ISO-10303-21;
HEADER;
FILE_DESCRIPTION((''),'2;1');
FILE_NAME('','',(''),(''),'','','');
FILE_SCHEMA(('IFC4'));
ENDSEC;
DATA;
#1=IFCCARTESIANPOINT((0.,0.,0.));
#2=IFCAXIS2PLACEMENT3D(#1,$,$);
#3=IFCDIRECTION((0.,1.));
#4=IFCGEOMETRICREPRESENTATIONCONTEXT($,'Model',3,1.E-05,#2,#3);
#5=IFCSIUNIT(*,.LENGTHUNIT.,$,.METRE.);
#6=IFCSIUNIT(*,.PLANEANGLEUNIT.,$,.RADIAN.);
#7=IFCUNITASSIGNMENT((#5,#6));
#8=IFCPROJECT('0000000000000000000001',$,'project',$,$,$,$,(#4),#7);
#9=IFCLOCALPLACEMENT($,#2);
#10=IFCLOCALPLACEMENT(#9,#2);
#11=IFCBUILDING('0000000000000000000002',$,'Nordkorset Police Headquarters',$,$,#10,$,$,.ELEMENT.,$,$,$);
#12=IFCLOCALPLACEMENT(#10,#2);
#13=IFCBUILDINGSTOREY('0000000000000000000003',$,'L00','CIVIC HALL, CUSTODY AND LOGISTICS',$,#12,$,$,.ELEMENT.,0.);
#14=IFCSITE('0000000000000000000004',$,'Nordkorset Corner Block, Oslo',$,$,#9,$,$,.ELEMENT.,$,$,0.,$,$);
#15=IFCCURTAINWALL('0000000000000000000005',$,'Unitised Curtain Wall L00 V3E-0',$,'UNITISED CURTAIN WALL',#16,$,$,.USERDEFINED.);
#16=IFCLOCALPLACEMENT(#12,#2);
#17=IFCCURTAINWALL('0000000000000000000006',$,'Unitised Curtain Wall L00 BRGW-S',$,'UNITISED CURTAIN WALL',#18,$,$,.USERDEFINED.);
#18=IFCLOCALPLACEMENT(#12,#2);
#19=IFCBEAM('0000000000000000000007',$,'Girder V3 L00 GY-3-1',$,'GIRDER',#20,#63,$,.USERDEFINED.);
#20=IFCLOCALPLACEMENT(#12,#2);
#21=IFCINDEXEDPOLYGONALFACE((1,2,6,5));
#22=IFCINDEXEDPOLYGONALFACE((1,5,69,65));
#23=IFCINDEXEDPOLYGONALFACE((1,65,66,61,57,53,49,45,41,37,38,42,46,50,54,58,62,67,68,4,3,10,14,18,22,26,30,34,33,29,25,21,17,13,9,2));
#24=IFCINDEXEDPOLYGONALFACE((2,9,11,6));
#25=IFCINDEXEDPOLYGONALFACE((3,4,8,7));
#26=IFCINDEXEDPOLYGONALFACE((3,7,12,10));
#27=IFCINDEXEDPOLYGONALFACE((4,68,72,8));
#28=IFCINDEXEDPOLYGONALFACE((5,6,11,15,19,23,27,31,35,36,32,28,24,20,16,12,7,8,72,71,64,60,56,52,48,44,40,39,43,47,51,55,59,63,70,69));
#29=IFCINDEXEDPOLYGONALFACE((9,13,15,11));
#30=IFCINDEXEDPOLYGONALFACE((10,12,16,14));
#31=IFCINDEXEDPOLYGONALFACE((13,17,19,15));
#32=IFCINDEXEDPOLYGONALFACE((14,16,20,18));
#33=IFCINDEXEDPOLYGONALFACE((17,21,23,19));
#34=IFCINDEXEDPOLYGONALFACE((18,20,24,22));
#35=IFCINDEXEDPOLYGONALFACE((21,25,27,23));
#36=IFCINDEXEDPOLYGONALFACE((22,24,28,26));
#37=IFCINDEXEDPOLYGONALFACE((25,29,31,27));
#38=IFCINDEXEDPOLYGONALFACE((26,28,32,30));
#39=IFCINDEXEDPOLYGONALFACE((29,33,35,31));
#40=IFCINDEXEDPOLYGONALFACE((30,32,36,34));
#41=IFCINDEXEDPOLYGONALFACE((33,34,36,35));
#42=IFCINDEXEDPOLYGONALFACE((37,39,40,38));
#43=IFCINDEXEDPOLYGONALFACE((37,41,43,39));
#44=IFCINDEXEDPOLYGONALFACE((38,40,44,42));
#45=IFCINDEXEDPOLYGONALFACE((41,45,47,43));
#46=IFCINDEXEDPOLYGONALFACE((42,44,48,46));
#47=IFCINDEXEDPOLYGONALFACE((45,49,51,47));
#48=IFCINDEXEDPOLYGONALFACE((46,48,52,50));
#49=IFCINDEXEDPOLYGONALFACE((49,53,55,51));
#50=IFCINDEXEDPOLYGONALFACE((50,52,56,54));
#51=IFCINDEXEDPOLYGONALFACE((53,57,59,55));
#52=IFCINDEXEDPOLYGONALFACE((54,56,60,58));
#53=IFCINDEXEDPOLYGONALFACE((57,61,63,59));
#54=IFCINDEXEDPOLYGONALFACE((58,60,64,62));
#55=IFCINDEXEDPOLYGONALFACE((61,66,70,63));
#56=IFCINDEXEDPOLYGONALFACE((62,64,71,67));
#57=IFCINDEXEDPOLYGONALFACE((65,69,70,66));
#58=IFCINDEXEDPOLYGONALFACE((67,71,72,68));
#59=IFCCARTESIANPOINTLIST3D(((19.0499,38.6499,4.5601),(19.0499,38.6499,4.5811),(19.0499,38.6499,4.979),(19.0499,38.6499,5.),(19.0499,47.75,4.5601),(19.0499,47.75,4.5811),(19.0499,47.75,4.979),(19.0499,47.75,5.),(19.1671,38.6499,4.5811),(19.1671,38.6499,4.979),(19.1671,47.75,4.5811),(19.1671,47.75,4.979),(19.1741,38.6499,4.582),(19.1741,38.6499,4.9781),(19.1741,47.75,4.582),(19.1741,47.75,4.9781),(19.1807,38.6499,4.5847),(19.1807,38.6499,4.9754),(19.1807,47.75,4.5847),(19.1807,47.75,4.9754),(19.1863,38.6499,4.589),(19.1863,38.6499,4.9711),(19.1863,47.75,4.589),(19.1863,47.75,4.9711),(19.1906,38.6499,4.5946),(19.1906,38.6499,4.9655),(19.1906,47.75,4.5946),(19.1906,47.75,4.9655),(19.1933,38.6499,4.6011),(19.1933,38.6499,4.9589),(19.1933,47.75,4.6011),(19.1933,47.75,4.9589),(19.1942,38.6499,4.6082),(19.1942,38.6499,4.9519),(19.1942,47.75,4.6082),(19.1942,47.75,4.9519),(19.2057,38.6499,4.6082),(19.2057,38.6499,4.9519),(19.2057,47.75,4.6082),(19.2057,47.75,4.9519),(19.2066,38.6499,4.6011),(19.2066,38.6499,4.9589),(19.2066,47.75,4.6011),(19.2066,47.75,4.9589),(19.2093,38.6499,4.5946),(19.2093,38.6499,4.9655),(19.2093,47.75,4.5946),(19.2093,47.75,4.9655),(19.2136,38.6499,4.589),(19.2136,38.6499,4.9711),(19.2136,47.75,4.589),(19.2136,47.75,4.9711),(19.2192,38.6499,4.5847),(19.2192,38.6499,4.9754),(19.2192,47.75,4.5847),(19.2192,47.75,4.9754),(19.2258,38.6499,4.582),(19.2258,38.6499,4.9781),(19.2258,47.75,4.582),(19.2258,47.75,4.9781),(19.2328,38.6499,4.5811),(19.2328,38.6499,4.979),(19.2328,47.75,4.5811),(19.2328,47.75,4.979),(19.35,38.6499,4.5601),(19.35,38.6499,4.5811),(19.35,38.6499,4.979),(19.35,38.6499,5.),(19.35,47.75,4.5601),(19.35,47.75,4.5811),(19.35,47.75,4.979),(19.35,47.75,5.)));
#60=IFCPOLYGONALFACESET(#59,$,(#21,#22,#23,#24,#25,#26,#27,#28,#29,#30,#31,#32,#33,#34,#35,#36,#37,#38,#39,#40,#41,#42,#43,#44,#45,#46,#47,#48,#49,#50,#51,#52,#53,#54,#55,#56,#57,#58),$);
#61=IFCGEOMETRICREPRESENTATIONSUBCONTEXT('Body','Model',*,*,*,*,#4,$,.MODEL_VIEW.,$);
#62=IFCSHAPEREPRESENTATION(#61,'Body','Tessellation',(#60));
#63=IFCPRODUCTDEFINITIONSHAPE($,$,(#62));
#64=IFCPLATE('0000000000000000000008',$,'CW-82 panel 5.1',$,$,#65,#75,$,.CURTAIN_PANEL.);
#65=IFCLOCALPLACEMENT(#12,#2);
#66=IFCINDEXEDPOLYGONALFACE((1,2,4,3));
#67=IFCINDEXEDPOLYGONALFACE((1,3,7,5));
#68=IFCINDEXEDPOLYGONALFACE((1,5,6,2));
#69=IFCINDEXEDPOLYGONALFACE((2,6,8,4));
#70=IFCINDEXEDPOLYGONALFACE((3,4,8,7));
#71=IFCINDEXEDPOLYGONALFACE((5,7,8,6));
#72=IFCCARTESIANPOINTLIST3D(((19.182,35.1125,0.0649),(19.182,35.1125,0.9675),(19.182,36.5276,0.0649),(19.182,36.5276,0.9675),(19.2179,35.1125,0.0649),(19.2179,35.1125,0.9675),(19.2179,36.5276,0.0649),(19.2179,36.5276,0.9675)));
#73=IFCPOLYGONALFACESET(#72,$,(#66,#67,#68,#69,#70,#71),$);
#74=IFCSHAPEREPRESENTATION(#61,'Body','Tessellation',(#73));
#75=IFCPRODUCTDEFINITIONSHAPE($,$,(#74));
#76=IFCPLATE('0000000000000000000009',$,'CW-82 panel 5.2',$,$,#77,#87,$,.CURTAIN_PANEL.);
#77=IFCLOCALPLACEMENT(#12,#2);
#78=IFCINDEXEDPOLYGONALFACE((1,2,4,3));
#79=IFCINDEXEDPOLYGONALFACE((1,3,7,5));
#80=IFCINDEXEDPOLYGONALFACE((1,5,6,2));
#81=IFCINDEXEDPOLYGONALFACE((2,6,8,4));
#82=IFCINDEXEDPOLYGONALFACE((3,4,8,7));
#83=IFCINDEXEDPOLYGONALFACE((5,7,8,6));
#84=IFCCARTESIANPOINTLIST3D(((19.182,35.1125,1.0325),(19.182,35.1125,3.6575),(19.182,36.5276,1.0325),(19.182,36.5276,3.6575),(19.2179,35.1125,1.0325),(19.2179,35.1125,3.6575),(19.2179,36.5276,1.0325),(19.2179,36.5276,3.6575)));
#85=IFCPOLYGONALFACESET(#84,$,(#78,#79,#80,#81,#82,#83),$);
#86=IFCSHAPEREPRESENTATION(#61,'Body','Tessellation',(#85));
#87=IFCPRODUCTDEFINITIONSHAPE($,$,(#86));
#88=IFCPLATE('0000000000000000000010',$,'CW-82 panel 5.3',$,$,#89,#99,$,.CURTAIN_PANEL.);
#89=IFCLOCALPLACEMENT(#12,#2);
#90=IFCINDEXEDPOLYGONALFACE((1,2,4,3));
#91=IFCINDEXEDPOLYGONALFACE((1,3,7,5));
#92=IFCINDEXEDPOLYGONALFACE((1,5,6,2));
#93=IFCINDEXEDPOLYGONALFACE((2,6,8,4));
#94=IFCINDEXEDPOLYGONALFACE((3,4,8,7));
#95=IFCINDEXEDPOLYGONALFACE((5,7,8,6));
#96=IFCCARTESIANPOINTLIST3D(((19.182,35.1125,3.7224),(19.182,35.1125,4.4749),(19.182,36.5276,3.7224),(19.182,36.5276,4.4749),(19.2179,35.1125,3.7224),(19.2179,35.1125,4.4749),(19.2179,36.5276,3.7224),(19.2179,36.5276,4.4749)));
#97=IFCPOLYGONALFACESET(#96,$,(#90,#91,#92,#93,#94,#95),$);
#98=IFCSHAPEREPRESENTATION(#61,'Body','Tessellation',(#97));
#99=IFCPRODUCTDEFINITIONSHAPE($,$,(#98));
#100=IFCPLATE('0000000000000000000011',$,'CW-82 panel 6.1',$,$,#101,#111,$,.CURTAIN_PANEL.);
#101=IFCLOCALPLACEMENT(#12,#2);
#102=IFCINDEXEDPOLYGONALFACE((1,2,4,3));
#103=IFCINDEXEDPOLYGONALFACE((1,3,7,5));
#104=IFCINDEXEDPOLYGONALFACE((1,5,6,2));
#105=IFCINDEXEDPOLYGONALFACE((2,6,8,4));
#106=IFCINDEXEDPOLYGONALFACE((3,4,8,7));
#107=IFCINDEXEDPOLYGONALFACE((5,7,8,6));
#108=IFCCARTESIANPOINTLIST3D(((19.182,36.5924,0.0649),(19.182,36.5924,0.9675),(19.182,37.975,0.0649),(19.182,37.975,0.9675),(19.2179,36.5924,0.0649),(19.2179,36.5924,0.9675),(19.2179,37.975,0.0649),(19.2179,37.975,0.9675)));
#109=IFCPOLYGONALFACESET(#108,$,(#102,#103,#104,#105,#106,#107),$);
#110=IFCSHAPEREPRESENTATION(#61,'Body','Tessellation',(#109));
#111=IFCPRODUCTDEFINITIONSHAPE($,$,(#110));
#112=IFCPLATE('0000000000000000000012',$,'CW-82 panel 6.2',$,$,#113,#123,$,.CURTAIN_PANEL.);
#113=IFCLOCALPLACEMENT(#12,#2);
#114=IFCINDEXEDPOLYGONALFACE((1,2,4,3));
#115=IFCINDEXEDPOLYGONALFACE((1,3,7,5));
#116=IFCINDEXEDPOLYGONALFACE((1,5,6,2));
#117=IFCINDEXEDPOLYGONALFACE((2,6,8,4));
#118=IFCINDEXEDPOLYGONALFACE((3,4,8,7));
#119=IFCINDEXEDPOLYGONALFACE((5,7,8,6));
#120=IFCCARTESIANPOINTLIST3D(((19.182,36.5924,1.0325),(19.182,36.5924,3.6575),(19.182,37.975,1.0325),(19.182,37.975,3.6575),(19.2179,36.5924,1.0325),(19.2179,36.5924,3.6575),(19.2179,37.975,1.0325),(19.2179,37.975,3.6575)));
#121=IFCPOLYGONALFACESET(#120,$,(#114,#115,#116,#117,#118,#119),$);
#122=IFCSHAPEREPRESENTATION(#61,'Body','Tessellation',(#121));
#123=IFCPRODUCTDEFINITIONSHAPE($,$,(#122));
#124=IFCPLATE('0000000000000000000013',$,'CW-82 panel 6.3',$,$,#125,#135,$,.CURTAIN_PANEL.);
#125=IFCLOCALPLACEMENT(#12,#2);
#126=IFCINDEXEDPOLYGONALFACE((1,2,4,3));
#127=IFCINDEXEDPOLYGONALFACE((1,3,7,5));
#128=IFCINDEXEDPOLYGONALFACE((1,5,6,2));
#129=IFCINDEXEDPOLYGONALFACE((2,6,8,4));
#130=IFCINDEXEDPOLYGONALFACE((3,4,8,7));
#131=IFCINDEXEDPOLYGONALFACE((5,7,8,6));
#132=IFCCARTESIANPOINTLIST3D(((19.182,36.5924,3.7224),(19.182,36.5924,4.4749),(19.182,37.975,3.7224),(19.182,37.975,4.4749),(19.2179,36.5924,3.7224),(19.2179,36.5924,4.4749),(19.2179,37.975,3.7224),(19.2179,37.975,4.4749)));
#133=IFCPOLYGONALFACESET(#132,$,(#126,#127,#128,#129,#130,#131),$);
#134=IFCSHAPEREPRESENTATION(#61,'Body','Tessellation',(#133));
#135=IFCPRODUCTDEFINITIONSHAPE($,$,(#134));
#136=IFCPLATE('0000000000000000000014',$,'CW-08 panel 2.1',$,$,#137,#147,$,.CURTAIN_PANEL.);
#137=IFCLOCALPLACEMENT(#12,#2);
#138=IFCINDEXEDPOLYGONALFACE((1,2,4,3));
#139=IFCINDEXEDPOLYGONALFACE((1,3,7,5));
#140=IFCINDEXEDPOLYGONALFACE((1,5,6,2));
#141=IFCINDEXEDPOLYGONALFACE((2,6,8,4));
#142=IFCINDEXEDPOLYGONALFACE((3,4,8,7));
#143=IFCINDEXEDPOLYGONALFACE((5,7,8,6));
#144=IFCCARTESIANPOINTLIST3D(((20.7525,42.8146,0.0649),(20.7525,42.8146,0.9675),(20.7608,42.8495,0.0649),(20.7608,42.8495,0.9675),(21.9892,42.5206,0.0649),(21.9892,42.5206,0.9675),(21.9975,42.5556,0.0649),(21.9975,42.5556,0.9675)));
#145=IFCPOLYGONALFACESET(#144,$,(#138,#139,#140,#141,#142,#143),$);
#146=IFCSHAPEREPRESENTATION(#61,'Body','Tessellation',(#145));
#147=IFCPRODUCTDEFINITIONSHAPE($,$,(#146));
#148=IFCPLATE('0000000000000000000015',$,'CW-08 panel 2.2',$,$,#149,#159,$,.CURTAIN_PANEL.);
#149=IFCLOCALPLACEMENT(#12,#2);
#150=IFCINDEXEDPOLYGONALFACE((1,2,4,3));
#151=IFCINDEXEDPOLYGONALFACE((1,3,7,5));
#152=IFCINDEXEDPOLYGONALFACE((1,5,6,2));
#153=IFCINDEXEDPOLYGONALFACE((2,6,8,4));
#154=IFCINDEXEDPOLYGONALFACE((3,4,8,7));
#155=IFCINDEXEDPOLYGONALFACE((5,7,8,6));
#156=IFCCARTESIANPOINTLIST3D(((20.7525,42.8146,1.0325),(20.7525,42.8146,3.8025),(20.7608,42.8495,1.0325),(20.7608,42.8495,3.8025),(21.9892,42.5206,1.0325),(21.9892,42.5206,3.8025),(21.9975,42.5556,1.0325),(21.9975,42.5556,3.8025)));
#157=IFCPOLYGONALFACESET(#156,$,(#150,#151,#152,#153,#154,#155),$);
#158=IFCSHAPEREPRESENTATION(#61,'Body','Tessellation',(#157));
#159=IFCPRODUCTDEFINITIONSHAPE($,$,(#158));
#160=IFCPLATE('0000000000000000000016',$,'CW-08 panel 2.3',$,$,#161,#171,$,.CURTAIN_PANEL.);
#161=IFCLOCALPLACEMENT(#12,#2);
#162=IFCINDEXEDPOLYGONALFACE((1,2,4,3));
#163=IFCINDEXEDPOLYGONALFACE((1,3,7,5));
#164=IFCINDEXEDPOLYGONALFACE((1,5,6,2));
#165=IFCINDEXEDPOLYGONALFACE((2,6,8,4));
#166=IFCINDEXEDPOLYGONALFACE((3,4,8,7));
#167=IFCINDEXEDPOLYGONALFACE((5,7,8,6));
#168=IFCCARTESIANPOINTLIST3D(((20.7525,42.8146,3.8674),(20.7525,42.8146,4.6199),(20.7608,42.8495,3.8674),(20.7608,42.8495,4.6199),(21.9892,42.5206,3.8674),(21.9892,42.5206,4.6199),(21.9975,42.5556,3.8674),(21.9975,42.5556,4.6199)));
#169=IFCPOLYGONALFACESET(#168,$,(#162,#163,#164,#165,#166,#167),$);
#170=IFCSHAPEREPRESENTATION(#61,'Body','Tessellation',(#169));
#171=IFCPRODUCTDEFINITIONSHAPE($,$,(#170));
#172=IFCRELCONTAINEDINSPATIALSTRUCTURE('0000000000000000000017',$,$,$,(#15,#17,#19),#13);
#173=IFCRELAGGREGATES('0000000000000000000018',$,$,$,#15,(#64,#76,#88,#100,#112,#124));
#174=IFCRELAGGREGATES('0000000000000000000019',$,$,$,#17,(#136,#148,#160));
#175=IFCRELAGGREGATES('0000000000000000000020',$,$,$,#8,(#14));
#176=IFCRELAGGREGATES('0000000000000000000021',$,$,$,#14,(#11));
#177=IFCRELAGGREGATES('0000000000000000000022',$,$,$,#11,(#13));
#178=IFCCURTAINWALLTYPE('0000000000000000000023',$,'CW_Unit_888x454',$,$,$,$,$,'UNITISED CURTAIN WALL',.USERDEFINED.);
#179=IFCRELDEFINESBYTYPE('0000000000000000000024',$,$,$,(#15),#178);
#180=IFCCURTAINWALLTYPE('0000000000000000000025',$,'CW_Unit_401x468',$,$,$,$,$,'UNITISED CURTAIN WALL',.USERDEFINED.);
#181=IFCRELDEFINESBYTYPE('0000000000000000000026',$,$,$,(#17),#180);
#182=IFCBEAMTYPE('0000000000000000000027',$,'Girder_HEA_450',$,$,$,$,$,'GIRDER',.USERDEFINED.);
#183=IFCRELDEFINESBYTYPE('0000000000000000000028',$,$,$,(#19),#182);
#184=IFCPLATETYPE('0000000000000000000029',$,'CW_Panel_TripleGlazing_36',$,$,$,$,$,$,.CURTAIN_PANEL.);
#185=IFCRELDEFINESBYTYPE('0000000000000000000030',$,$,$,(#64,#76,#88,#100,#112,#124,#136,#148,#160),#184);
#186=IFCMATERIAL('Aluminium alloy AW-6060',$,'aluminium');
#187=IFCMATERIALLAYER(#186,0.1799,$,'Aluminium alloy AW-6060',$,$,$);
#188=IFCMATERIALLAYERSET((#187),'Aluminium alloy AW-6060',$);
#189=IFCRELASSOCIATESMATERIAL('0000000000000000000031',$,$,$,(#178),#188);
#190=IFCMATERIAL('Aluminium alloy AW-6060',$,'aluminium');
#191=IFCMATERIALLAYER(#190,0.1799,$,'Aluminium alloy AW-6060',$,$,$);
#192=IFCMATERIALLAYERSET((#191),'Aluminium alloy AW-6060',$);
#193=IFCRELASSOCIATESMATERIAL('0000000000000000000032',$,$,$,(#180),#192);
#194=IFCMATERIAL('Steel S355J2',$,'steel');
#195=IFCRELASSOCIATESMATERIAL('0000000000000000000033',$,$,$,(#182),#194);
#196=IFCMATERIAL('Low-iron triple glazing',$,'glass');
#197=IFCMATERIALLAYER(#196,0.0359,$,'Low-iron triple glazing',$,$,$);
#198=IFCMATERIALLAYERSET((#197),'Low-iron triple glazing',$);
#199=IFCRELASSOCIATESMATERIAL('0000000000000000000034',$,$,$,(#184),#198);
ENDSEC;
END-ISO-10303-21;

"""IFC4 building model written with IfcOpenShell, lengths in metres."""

from ifc_helpers import new_model, si_unit, direction, frame, origin, origin_2d, place, context, subcontext, project, spatial, rectangle, i_section, extrude, material, layer, layer_set, material_profile, profile_set, type_object, element, aggregate, save


model = new_model("IFC4")

# Units and contexts
model_context = context("Model", 3, precision=1e-05, world=origin(), true_north=direction((0.0, 1.0)))
body_context = subcontext(model_context, "Body", "Model", "MODEL_VIEW")
ifc_project = project(units=[si_unit("LENGTHUNIT", "METRE"), si_unit("PLANEANGLEUNIT", "RADIAN")], contexts=[model_context])

# Site, building, storey
site_placement = place(None, origin())
site = spatial("IfcSite", under=ifc_project, at=site_placement, Name="Nordkorset Corner Block, Oslo", CompositionType="ELEMENT", RefElevation=0.0)
building_placement = place(site_placement, origin())
building = spatial("IfcBuilding", under=site, at=building_placement, Name="Nordkorset Police Headquarters", CompositionType="ELEMENT")
storey_placement = place(building_placement, origin())
storey = spatial("IfcBuildingStorey", under=building, at=storey_placement, Name="L00", Description="CIVIC HALL, CUSTODY AND LOGISTICS", CompositionType="ELEMENT", Elevation=0.0)

# Curtain wall
ifc_material_1 = material(Name="Aluminium alloy AW-6060", Category="aluminium")
ifc_layer_1 = layer(ifc_material_1, 0.1799, Name="Aluminium alloy AW-6060")
ifc_layer_set_1 = layer_set([ifc_layer_1], Name="Aluminium alloy AW-6060")
curtain_wall_type_1 = type_object("IfcCurtainWallType", Name="CW_Unit_888x454", ElementType="UNITISED CURTAIN WALL", PredefinedType="USERDEFINED", material=ifc_layer_set_1)
curtain_wall_1_placement = place(storey_placement, origin())
curtain_wall_1 = element("IfcCurtainWall", 1, at=curtain_wall_1_placement, inside=storey, type_object=curtain_wall_type_1, Name="Unitised Curtain Wall L00 V3E-0", ObjectType="UNITISED CURTAIN WALL", PredefinedType="USERDEFINED")

# Curtain wall
ifc_material_2 = material(Name="Aluminium alloy AW-6060", Category="aluminium")
ifc_layer_2 = layer(ifc_material_2, 0.1799, Name="Aluminium alloy AW-6060")
ifc_layer_set_2 = layer_set([ifc_layer_2], Name="Aluminium alloy AW-6060")
curtain_wall_type_2 = type_object("IfcCurtainWallType", Name="CW_Unit_401x468", ElementType="UNITISED CURTAIN WALL", PredefinedType="USERDEFINED", material=ifc_layer_set_2)
curtain_wall_2_placement = place(storey_placement, origin())
curtain_wall_2 = element("IfcCurtainWall", 2, at=curtain_wall_2_placement, inside=storey, type_object=curtain_wall_type_2, Name="Unitised Curtain Wall L00 BRGW-S", ObjectType="UNITISED CURTAIN WALL", PredefinedType="USERDEFINED")

# Beam
ifc_material_3 = material(Name="Steel S355J2", Category="steel")
ifc_material_profile_1 = material_profile(ifc_material_3, i_section(OverallWidth=0.3, OverallDepth=0.4399, WebThickness=0.0115, FlangeThickness=0.021, FilletRadius=0.0271, at=origin_2d()), Name="HEA 450")
ifc_profile_set_1 = profile_set([ifc_material_profile_1], Name="Steel S355J2")
beam_type = type_object("IfcBeamType", Name="Girder_HEA_450", ElementType="GIRDER", PredefinedType="USERDEFINED", material=ifc_profile_set_1)
beam_placement = place(storey_placement, frame((19.2, 38.6499, 4.78), z_axis=(0.0, 1.0, 0.0), x_axis=(-1.0, 0.0, 0.0)))
element("IfcBeam", 3, at=beam_placement, inside=storey, type_object=beam_type, Name="Girder V3 L00 GY-3-1", ObjectType="GIRDER", PredefinedType="USERDEFINED", context=body_context, shape_type="SweptSolid", body=[
    extrude(i_section(OverallWidth=0.3, OverallDepth=0.4399, WebThickness=0.0115, FlangeThickness=0.021, FilletRadius=0.0271, at=origin_2d()), origin(), (0.0, 0.0, 1.0), 9.1001),
])

# Plates
ifc_material_4 = material(Name="Low-iron triple glazing", Category="glass")
ifc_layer_3 = layer(ifc_material_4, 0.0359, Name="Low-iron triple glazing")
ifc_layer_set_3 = layer_set([ifc_layer_3], Name="Low-iron triple glazing")
plate_type = type_object("IfcPlateType", Name="CW_Panel_TripleGlazing_36", PredefinedType="CURTAIN_PANEL", material=ifc_layer_set_3)
plate_1_placement = place(storey_placement, frame((19.2, 35.8201, 0.0649), z_axis=(0.0, 0.0, 1.0), x_axis=(0.0, 1.0, 0.0)))
plate_1 = element("IfcPlate", 4, at=plate_1_placement, type_object=plate_type, Name="CW-82 panel 5.1", PredefinedType="CURTAIN_PANEL", context=body_context, shape_type="SweptSolid", body=[
    extrude(rectangle(XDim=1.415, YDim=0.0359, at=origin_2d()), origin(), (0.0, 0.0, 1.0), 0.9026),
])
plate_2_placement = place(storey_placement, frame((19.2, 35.8201, 1.0325), z_axis=(0.0, 0.0, 1.0), x_axis=(0.0, 1.0, 0.0)))
plate_2 = element("IfcPlate", 5, at=plate_2_placement, type_object=plate_type, Name="CW-82 panel 5.2", PredefinedType="CURTAIN_PANEL", context=body_context, shape_type="SweptSolid", body=[
    extrude(rectangle(XDim=1.415, YDim=0.0359, at=origin_2d()), origin(), (0.0, 0.0, 1.0), 2.625),
])
plate_3_placement = place(storey_placement, frame((19.2, 35.8201, 3.7224), z_axis=(0.0, 0.0, 1.0), x_axis=(0.0, 1.0, 0.0)))
plate_3 = element("IfcPlate", 6, at=plate_3_placement, type_object=plate_type, Name="CW-82 panel 5.3", PredefinedType="CURTAIN_PANEL", context=body_context, shape_type="SweptSolid", body=[
    extrude(rectangle(XDim=1.415, YDim=0.0359, at=origin_2d()), origin(), (0.0, 0.0, 1.0), 0.7524),
])
plate_4_placement = place(storey_placement, frame((19.2, 37.2837, 0.0649), z_axis=(0.0, 0.0, 1.0), x_axis=(0.0, 1.0, 0.0)))
plate_4 = element("IfcPlate", 7, at=plate_4_placement, type_object=plate_type, Name="CW-82 panel 6.1", PredefinedType="CURTAIN_PANEL", context=body_context, shape_type="SweptSolid", body=[
    extrude(rectangle(XDim=1.3826, YDim=0.0359, at=origin_2d()), origin(), (0.0, 0.0, 1.0), 0.9026),
])
plate_5_placement = place(storey_placement, frame((19.2, 37.2837, 1.0325), z_axis=(0.0, 0.0, 1.0), x_axis=(0.0, 1.0, 0.0)))
plate_5 = element("IfcPlate", 8, at=plate_5_placement, type_object=plate_type, Name="CW-82 panel 6.2", PredefinedType="CURTAIN_PANEL", context=body_context, shape_type="SweptSolid", body=[
    extrude(rectangle(XDim=1.3826, YDim=0.0359, at=origin_2d()), origin(), (0.0, 0.0, 1.0), 2.625),
])
plate_6_placement = place(storey_placement, frame((19.2, 37.2837, 3.7224), z_axis=(0.0, 0.0, 1.0), x_axis=(0.0, 1.0, 0.0)))
plate_6 = element("IfcPlate", 9, at=plate_6_placement, type_object=plate_type, Name="CW-82 panel 6.3", PredefinedType="CURTAIN_PANEL", context=body_context, shape_type="SweptSolid", body=[
    extrude(rectangle(XDim=1.3826, YDim=0.0359, at=origin_2d()), origin(), (0.0, 0.0, 1.0), 0.7524),
])
aggregate(curtain_wall_1, [plate_1, plate_2, plate_3, plate_4, plate_5, plate_6])
plate_7_placement = place(storey_placement, frame((21.375, 42.6851, 0.0649), z_axis=(0.0, 0.0, 1.0), x_axis=(0.972905, -0.231206, 0.0)))
plate_7 = element("IfcPlate", 10, at=plate_7_placement, type_object=plate_type, Name="CW-08 panel 2.1", PredefinedType="CURTAIN_PANEL", context=body_context, shape_type="SweptSolid", body=[
    extrude(rectangle(XDim=1.2712, YDim=0.0359, at=origin_2d()), origin(), (0.0, 0.0, 1.0), 0.9026),
])
plate_8_placement = place(storey_placement, frame((21.375, 42.6851, 1.0325), z_axis=(0.0, 0.0, 1.0), x_axis=(0.972905, -0.231206, 0.0)))
plate_8 = element("IfcPlate", 11, at=plate_8_placement, type_object=plate_type, Name="CW-08 panel 2.2", PredefinedType="CURTAIN_PANEL", context=body_context, shape_type="SweptSolid", body=[
    extrude(rectangle(XDim=1.2712, YDim=0.0359, at=origin_2d()), origin(), (0.0, 0.0, 1.0), 2.77),
])
plate_9_placement = place(storey_placement, frame((21.375, 42.6851, 3.8674), z_axis=(0.0, 0.0, 1.0), x_axis=(0.972905, -0.231206, 0.0)))
plate_9 = element("IfcPlate", 12, at=plate_9_placement, type_object=plate_type, Name="CW-08 panel 2.3", PredefinedType="CURTAIN_PANEL", context=body_context, shape_type="SweptSolid", body=[
    extrude(rectangle(XDim=1.2712, YDim=0.0359, at=origin_2d()), origin(), (0.0, 0.0, 1.0), 0.7524),
])
aggregate(curtain_wall_2, [plate_7, plate_8, plate_9])

save(model, "model.ifc")
